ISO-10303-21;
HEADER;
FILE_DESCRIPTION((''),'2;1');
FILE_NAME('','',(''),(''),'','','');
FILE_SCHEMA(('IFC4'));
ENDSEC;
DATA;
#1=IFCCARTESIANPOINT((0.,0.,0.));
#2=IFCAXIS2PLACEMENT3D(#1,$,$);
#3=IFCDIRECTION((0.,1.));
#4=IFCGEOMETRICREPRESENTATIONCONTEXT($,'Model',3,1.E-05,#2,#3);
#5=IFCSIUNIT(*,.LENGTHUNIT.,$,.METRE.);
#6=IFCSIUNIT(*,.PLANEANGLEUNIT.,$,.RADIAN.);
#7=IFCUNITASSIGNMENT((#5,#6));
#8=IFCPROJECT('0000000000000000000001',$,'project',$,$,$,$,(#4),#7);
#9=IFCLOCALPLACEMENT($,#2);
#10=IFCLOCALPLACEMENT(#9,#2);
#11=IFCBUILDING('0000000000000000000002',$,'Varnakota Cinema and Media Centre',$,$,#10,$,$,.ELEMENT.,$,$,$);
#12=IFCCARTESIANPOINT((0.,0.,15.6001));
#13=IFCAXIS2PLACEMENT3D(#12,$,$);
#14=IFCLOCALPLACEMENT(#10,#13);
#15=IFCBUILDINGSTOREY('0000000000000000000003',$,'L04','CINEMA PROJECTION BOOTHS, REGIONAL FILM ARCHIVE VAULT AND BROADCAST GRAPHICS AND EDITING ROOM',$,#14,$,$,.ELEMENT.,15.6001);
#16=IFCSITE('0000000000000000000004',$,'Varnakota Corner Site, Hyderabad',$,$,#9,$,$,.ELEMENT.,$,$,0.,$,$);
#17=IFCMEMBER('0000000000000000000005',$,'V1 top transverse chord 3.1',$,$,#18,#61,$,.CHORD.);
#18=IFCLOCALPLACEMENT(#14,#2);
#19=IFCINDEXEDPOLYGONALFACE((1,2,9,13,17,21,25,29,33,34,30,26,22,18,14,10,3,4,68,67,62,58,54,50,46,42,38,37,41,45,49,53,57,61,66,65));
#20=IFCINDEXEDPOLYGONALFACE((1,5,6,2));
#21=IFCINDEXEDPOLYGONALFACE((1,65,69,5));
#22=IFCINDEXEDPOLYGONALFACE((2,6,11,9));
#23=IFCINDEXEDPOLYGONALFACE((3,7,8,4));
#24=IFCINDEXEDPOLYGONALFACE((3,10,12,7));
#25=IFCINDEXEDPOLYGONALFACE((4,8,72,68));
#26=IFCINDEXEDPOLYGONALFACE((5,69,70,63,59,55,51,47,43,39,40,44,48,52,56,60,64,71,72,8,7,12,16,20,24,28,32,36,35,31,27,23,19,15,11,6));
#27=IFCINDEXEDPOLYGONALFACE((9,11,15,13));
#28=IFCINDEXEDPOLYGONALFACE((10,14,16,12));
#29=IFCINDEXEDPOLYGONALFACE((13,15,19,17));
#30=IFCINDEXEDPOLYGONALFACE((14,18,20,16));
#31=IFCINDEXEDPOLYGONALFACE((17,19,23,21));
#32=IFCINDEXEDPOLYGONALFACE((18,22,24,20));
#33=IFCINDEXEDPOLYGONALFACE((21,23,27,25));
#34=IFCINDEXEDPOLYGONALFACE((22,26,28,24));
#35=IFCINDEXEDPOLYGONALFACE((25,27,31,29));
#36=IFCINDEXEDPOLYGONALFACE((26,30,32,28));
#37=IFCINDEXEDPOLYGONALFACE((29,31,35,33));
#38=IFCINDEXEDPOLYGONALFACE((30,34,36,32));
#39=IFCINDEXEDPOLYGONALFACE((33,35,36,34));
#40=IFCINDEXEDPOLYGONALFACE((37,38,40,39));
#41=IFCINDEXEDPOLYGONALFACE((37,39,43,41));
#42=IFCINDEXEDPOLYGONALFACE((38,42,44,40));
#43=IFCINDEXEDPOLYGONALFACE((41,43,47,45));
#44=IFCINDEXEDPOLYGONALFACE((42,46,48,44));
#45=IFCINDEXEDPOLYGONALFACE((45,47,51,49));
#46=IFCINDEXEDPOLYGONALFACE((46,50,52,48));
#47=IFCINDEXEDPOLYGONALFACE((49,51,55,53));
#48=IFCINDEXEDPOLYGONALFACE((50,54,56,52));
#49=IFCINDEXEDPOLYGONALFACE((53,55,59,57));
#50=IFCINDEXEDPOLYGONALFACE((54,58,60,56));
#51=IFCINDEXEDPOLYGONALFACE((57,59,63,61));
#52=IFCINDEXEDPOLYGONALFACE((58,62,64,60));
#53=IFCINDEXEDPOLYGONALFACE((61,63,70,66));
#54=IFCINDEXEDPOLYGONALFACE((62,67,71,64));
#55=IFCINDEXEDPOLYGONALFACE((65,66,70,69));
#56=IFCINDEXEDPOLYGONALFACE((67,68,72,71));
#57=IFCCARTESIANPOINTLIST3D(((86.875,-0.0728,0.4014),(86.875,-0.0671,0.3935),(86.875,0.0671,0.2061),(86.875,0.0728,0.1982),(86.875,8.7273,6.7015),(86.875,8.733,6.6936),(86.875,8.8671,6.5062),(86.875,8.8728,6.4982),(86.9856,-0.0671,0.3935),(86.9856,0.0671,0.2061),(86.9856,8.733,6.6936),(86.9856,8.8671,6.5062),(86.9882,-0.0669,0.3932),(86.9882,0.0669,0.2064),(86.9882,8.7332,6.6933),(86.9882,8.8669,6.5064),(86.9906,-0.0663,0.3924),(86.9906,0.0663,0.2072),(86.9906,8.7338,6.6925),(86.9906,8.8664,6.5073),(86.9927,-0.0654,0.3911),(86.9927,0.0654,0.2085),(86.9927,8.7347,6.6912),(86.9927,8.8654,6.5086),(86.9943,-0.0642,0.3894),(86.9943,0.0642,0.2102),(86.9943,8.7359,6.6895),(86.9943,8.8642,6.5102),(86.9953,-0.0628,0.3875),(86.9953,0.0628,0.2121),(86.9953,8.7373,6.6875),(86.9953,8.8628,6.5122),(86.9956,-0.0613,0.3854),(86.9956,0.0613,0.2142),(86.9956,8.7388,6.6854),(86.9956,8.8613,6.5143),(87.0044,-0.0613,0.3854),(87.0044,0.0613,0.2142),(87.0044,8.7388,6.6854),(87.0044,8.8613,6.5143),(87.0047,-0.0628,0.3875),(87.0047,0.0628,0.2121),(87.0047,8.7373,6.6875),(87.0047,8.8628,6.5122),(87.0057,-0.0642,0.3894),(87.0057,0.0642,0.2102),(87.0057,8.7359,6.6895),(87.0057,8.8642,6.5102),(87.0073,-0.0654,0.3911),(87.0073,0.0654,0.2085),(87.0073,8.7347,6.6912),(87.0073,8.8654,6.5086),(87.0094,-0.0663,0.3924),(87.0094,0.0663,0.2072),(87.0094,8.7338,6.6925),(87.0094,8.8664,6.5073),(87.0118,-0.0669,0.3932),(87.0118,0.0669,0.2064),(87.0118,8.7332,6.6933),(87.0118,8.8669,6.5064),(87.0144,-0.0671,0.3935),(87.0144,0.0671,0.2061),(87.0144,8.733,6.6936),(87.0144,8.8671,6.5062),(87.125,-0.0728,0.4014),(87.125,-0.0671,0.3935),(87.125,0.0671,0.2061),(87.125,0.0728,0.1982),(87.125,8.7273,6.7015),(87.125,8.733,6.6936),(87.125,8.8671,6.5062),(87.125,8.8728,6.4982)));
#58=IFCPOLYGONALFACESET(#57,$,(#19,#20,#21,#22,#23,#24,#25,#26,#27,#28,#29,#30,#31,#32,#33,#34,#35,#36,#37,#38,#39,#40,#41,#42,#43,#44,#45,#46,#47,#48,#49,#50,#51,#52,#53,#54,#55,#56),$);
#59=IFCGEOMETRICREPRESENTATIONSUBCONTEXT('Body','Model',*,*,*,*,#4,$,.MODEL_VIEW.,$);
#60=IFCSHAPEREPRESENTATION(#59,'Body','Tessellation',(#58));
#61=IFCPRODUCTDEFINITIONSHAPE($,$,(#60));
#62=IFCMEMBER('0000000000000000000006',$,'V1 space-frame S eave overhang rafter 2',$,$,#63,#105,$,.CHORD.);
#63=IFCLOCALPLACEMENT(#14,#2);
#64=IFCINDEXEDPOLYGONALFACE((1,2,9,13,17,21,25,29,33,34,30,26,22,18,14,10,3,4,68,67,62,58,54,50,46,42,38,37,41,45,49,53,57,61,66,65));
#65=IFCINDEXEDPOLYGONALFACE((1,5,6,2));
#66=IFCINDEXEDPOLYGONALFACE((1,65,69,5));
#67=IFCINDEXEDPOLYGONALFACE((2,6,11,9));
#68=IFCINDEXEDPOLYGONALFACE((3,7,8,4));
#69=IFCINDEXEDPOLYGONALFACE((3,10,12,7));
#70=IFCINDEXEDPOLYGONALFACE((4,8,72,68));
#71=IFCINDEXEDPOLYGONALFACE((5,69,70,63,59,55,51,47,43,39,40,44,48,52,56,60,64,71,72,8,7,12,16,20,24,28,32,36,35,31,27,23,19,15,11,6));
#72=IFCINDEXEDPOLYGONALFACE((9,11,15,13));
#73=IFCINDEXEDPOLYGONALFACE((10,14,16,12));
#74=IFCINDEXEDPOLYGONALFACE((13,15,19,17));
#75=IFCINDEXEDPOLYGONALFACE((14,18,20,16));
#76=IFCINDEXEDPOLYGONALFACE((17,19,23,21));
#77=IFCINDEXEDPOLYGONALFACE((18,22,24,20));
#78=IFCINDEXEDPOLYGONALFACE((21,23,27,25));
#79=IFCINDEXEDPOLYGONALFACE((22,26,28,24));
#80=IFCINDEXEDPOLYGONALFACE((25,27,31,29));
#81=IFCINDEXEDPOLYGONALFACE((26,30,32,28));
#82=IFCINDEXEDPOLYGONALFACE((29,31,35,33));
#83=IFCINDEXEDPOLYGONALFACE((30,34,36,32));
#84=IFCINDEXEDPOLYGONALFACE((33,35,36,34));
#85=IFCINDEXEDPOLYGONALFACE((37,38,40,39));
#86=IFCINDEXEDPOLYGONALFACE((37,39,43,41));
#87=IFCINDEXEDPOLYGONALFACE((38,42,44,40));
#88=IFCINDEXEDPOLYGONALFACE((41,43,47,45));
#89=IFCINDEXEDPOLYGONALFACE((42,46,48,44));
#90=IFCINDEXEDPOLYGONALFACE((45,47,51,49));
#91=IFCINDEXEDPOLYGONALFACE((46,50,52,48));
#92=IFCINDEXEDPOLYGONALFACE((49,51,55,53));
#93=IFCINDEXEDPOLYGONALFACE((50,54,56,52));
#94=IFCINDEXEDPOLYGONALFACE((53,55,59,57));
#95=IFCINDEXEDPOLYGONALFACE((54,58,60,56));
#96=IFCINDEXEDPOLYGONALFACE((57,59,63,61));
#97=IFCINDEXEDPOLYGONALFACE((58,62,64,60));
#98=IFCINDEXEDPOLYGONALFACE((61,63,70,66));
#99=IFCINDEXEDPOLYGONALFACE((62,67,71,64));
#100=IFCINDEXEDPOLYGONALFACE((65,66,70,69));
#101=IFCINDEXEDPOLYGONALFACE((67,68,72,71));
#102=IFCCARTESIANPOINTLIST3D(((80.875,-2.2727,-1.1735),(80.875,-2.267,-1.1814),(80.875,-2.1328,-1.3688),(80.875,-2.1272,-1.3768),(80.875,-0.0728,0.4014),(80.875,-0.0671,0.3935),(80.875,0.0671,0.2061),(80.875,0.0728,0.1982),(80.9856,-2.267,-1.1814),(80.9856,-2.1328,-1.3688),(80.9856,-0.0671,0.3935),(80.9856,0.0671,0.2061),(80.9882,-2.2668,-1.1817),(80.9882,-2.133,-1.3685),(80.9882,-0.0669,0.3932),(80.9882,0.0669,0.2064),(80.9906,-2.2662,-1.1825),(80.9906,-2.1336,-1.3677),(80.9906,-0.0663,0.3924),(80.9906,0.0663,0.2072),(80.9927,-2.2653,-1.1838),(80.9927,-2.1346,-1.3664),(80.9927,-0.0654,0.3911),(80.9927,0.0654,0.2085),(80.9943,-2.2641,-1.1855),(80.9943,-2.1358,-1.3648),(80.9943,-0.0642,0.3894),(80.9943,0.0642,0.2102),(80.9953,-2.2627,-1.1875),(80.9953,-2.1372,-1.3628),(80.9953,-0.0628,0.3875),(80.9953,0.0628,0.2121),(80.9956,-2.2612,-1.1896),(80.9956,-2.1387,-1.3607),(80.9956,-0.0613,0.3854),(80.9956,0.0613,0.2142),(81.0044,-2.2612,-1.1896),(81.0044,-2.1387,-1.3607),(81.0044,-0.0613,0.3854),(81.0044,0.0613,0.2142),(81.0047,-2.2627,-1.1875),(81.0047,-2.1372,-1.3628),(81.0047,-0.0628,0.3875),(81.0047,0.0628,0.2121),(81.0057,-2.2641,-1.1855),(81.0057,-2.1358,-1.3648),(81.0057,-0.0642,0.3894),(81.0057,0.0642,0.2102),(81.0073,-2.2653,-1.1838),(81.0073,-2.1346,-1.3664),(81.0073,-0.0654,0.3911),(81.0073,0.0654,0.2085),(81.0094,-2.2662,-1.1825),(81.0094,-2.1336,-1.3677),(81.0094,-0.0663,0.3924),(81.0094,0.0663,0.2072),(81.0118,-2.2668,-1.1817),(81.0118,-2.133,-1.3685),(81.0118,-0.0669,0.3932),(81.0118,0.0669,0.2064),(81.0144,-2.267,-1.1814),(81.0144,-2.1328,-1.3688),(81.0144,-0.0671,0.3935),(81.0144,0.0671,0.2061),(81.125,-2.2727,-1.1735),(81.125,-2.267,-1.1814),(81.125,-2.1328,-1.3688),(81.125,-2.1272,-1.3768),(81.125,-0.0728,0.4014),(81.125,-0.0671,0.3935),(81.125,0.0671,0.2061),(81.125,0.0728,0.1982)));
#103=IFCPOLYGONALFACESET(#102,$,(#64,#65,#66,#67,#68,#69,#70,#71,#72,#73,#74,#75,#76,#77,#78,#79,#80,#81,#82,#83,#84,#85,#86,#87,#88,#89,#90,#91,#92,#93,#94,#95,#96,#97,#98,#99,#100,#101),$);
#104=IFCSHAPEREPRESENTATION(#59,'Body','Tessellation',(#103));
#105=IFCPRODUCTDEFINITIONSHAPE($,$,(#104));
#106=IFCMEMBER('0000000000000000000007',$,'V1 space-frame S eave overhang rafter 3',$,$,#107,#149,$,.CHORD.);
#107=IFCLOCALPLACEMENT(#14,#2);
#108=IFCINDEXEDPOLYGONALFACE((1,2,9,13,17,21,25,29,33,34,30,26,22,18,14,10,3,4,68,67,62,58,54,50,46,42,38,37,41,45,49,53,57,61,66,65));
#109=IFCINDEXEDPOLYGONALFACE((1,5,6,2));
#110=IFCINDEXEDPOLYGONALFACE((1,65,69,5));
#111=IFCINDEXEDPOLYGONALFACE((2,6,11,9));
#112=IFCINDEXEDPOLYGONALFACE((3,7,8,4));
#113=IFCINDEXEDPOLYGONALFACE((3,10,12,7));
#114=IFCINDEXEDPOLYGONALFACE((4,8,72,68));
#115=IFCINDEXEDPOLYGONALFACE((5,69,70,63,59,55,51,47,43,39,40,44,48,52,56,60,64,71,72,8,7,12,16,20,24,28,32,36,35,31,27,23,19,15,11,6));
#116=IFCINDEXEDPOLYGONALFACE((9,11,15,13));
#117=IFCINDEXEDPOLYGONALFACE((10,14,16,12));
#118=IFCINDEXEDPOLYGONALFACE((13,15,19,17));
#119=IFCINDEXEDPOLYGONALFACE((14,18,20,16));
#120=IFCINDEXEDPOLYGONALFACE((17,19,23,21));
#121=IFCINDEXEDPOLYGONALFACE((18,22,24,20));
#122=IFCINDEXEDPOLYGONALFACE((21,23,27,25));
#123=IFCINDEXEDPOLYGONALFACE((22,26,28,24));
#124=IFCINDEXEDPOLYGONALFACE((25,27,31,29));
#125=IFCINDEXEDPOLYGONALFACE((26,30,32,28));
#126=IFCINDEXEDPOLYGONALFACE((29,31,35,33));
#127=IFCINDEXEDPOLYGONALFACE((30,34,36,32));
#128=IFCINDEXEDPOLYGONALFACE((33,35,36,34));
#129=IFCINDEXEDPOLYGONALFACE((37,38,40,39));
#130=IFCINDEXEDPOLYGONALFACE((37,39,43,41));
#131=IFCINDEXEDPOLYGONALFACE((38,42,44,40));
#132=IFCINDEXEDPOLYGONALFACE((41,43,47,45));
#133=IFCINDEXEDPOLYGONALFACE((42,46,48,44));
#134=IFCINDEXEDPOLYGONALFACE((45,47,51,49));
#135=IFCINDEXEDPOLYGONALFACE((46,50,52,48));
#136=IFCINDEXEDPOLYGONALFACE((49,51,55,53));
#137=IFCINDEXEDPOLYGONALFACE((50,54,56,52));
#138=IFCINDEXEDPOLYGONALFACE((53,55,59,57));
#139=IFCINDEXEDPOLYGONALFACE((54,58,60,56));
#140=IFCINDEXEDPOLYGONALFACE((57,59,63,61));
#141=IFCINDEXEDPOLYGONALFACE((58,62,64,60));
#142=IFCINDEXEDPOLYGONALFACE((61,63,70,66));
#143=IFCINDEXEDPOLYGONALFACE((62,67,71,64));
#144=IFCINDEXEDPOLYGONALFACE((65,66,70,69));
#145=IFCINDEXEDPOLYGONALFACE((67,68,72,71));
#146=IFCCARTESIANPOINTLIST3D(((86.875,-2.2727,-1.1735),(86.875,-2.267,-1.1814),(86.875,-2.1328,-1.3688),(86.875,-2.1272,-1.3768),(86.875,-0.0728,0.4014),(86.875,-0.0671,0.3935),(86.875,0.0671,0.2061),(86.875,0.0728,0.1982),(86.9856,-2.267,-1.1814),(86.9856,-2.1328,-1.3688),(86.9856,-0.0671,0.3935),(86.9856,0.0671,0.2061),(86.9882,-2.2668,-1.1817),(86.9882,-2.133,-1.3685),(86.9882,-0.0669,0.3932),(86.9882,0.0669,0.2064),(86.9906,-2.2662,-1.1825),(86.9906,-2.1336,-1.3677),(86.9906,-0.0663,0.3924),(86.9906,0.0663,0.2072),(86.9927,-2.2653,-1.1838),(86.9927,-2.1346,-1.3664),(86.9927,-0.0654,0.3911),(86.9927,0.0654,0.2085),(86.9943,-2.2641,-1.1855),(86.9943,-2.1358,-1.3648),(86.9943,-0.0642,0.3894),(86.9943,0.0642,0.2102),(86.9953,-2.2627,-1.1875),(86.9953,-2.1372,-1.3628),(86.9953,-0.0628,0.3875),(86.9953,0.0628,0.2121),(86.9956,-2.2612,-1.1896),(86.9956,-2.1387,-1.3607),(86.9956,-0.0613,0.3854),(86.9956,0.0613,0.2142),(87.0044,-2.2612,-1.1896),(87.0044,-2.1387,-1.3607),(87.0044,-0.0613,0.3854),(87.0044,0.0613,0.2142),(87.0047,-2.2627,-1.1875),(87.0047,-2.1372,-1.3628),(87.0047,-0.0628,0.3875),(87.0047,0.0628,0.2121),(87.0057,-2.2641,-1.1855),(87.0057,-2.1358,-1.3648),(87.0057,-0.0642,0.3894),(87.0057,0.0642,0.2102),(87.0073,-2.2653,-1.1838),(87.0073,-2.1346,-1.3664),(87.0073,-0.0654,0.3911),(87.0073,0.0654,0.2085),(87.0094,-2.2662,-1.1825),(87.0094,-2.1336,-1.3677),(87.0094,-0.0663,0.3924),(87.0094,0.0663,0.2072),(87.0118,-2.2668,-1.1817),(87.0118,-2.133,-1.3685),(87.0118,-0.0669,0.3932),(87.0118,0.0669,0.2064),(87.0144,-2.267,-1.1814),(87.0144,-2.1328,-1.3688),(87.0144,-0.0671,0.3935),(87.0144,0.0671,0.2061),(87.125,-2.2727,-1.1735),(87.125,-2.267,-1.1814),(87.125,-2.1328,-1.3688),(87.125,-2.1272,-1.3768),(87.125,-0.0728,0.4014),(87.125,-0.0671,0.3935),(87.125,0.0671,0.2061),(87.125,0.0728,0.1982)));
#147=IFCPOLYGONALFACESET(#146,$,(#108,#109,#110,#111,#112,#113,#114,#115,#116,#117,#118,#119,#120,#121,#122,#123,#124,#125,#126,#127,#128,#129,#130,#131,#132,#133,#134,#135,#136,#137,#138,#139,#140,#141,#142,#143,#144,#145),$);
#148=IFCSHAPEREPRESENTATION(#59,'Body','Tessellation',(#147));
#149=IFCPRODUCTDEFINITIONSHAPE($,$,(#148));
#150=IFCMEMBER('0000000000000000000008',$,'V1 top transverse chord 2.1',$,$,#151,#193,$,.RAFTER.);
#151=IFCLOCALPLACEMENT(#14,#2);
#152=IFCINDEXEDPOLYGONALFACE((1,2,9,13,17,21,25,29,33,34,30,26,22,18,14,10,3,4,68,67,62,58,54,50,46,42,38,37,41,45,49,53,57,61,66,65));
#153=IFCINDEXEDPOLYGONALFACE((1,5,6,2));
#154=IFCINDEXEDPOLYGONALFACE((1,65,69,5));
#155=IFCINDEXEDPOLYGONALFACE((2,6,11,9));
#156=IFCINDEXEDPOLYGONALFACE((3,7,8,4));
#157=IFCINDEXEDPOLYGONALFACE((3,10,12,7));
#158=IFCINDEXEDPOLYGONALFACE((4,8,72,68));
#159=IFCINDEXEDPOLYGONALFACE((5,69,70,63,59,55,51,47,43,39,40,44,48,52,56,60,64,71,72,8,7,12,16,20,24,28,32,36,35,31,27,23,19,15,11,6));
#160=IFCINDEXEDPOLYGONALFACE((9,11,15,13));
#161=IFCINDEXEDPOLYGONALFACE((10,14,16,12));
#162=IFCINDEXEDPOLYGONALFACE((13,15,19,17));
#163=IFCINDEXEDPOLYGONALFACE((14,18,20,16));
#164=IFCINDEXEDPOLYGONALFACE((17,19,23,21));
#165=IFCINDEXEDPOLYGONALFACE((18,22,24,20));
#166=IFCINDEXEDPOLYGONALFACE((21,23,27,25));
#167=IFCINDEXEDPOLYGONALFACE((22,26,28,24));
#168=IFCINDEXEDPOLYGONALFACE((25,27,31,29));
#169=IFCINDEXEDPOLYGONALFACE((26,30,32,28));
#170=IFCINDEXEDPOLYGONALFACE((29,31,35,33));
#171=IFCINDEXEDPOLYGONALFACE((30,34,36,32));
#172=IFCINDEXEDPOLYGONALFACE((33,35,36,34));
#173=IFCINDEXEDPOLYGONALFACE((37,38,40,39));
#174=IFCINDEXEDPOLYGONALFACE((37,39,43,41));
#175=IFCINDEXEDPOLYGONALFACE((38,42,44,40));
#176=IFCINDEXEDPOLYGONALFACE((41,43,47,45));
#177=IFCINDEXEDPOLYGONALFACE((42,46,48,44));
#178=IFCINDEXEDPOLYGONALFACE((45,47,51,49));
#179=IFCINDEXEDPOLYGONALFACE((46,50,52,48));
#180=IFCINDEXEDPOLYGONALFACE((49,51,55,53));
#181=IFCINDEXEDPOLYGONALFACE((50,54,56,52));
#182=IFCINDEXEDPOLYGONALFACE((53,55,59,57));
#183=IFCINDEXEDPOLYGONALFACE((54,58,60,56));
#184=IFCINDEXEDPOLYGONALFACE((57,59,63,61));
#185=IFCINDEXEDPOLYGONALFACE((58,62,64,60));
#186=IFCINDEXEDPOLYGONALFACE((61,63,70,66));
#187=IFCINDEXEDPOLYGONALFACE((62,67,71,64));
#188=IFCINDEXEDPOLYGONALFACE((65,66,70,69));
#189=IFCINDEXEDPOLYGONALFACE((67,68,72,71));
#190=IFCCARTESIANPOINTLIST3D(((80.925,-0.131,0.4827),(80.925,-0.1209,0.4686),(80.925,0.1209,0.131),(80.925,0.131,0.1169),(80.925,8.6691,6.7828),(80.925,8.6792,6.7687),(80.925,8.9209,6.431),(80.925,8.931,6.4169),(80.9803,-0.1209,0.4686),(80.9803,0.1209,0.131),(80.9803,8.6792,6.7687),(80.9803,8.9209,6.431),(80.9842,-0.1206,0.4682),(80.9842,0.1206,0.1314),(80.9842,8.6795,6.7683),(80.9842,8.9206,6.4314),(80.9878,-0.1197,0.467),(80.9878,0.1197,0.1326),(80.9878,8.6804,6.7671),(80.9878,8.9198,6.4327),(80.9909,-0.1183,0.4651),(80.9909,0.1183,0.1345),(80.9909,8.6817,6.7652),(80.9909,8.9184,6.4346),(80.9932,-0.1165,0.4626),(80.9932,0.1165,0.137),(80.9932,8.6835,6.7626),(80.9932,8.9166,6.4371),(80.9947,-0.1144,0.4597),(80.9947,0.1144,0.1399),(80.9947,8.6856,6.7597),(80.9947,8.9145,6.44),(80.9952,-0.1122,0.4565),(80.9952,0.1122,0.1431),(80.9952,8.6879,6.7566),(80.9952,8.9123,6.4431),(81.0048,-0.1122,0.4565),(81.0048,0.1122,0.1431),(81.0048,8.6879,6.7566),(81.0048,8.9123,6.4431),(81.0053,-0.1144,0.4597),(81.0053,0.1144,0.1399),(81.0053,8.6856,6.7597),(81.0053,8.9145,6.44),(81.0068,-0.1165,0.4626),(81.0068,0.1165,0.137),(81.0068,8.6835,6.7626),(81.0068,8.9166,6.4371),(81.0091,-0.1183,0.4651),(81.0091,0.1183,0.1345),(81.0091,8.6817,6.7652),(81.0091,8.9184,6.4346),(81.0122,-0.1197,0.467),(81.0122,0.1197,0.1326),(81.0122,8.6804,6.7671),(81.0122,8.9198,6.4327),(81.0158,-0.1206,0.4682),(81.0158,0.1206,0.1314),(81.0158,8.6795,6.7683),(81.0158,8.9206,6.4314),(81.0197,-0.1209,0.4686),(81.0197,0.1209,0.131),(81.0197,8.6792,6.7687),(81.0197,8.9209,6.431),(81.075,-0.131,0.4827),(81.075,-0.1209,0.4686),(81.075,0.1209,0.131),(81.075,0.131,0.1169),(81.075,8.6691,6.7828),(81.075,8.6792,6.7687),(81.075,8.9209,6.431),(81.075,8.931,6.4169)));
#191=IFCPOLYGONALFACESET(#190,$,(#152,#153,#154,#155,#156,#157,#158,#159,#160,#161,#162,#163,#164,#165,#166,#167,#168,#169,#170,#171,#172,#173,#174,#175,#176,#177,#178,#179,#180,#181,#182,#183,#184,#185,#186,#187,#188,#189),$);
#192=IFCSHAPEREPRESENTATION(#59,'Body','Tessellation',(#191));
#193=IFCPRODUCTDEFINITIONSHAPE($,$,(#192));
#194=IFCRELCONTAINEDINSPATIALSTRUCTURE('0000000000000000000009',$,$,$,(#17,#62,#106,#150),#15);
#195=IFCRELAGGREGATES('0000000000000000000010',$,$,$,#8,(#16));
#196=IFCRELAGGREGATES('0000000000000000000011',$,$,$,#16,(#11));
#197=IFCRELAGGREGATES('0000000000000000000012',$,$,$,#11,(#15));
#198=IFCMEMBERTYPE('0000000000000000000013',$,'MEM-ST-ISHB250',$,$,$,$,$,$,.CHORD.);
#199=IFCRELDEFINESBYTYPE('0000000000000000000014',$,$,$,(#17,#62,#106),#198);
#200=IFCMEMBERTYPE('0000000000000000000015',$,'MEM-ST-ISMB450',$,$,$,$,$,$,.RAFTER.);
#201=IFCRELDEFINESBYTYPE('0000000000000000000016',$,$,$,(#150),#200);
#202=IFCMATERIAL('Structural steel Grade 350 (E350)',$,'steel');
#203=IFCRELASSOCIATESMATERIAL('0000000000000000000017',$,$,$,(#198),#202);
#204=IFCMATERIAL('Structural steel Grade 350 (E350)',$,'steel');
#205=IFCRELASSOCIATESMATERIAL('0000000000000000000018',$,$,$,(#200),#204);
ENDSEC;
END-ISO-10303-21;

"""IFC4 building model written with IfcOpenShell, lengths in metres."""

from ifc_helpers import new_model, si_unit, direction, frame, origin, origin_2d, place, context, subcontext, project, spatial, i_section, extrude, material, material_profile, profile_set, type_object, element, save


model = new_model("IFC4")

# Units and contexts
model_context = context("Model", 3, precision=1e-05, world=origin(), true_north=direction((0.0, 1.0)))
body_context = subcontext(model_context, "Body", "Model", "MODEL_VIEW")
ifc_project = project(units=[si_unit("LENGTHUNIT", "METRE"), si_unit("PLANEANGLEUNIT", "RADIAN")], contexts=[model_context])

# Site, building, storey
site_placement = place(None, origin())
site = spatial("IfcSite", under=ifc_project, at=site_placement, Name="Varnakota Corner Site, Hyderabad", CompositionType="ELEMENT", RefElevation=0.0)
building_placement = place(site_placement, origin())
building = spatial("IfcBuilding", under=site, at=building_placement, Name="Varnakota Cinema and Media Centre", CompositionType="ELEMENT")
storey_placement = place(building_placement, frame((0.0, 0.0, 15.6001)))
storey = spatial("IfcBuildingStorey", under=building, at=storey_placement, Name="L04", Description="CINEMA PROJECTION BOOTHS, REGIONAL FILM ARCHIVE VAULT AND BROADCAST GRAPHICS AND EDITING ROOM", CompositionType="ELEMENT", Elevation=15.6001)

# Members
ifc_material_1 = material(Name="Structural steel Grade 350 (E350)", Category="steel")
ifc_material_profile_1 = material_profile(ifc_material_1, i_section(OverallWidth=0.25, OverallDepth=0.25, WebThickness=0.0088, FlangeThickness=0.0098, FilletRadius=0.01, at=origin_2d()), Name="ISHB 250")
ifc_profile_set_1 = profile_set([ifc_material_profile_1], Name="Structural steel Grade 350 (E350)")
member_type_1 = type_object("IfcMemberType", Name="MEM-ST-ISHB250", PredefinedType="CHORD", material=ifc_profile_set_1)
member_1_placement = place(storey_placement, frame((87.0, 0.0, 0.2998), z_axis=(0.0, 0.813108, 0.582113), x_axis=(-1.0, 0.0, 0.0)))
element("IfcMember", 1, at=member_1_placement, inside=storey, type_object=member_type_1, Name="V1 top transverse chord 3.1", PredefinedType="CHORD", context=body_context, shape_type="SweptSolid", body=[
    extrude(i_section(OverallWidth=0.25, OverallDepth=0.25, WebThickness=0.0088, FlangeThickness=0.0098, FilletRadius=0.01, at=origin_2d()), origin(), (0.0, 0.0, 1.0), 10.8228),
])
for number, where, z_axis, x_axis, name in (
    (2, (81.0, 0.0, 0.2998), (0.0, -0.813111, -0.582109), (1.0, 0.0, 0.0), "V1 space-frame S eave overhang rafter 2"),
    (3, (87.0, 0.0, 0.2998), (0.0, -0.813111, -0.582109), (1.0, 0.0, 0.0), "V1 space-frame S eave overhang rafter 3"),
):
    element("IfcMember", number, at=place(storey_placement, frame(where, z_axis=z_axis, x_axis=x_axis)), inside=storey, type_object=member_type_1, Name=name, PredefinedType="CHORD", context=body_context, shape_type="SweptSolid", body=[
        extrude(i_section(OverallWidth=0.25, OverallDepth=0.25, WebThickness=0.0088, FlangeThickness=0.0098, FilletRadius=0.01, at=origin_2d()), origin(), (0.0, 0.0, 1.0), 2.7056),
    ])
ifc_material_2 = material(Name="Structural steel Grade 350 (E350)", Category="steel")
ifc_material_profile_2 = material_profile(ifc_material_2, i_section(OverallWidth=0.1499, OverallDepth=0.45, WebThickness=0.0095, FlangeThickness=0.0173, FilletRadius=0.0149, at=origin_2d()), Name="ISMB 450")
ifc_profile_set_2 = profile_set([ifc_material_profile_2], Name="Structural steel Grade 350 (E350)")
member_type_2 = type_object("IfcMemberType", Name="MEM-ST-ISMB450", PredefinedType="RAFTER", material=ifc_profile_set_2)
member_2_placement = place(storey_placement, frame((81.0, 0.0, 0.2998), z_axis=(0.0, 0.813108, 0.582113), x_axis=(-1.0, 0.0, 0.0)))
element("IfcMember", 4, at=member_2_placement, inside=storey, type_object=member_type_2, Name="V1 top transverse chord 2.1", PredefinedType="RAFTER", context=body_context, shape_type="SweptSolid", body=[
    extrude(i_section(OverallWidth=0.1499, OverallDepth=0.45, WebThickness=0.0095, FlangeThickness=0.0173, FilletRadius=0.0149, at=origin_2d()), origin(), (0.0, 0.0, 1.0), 10.8228),
])

save(model, "model.ifc")
